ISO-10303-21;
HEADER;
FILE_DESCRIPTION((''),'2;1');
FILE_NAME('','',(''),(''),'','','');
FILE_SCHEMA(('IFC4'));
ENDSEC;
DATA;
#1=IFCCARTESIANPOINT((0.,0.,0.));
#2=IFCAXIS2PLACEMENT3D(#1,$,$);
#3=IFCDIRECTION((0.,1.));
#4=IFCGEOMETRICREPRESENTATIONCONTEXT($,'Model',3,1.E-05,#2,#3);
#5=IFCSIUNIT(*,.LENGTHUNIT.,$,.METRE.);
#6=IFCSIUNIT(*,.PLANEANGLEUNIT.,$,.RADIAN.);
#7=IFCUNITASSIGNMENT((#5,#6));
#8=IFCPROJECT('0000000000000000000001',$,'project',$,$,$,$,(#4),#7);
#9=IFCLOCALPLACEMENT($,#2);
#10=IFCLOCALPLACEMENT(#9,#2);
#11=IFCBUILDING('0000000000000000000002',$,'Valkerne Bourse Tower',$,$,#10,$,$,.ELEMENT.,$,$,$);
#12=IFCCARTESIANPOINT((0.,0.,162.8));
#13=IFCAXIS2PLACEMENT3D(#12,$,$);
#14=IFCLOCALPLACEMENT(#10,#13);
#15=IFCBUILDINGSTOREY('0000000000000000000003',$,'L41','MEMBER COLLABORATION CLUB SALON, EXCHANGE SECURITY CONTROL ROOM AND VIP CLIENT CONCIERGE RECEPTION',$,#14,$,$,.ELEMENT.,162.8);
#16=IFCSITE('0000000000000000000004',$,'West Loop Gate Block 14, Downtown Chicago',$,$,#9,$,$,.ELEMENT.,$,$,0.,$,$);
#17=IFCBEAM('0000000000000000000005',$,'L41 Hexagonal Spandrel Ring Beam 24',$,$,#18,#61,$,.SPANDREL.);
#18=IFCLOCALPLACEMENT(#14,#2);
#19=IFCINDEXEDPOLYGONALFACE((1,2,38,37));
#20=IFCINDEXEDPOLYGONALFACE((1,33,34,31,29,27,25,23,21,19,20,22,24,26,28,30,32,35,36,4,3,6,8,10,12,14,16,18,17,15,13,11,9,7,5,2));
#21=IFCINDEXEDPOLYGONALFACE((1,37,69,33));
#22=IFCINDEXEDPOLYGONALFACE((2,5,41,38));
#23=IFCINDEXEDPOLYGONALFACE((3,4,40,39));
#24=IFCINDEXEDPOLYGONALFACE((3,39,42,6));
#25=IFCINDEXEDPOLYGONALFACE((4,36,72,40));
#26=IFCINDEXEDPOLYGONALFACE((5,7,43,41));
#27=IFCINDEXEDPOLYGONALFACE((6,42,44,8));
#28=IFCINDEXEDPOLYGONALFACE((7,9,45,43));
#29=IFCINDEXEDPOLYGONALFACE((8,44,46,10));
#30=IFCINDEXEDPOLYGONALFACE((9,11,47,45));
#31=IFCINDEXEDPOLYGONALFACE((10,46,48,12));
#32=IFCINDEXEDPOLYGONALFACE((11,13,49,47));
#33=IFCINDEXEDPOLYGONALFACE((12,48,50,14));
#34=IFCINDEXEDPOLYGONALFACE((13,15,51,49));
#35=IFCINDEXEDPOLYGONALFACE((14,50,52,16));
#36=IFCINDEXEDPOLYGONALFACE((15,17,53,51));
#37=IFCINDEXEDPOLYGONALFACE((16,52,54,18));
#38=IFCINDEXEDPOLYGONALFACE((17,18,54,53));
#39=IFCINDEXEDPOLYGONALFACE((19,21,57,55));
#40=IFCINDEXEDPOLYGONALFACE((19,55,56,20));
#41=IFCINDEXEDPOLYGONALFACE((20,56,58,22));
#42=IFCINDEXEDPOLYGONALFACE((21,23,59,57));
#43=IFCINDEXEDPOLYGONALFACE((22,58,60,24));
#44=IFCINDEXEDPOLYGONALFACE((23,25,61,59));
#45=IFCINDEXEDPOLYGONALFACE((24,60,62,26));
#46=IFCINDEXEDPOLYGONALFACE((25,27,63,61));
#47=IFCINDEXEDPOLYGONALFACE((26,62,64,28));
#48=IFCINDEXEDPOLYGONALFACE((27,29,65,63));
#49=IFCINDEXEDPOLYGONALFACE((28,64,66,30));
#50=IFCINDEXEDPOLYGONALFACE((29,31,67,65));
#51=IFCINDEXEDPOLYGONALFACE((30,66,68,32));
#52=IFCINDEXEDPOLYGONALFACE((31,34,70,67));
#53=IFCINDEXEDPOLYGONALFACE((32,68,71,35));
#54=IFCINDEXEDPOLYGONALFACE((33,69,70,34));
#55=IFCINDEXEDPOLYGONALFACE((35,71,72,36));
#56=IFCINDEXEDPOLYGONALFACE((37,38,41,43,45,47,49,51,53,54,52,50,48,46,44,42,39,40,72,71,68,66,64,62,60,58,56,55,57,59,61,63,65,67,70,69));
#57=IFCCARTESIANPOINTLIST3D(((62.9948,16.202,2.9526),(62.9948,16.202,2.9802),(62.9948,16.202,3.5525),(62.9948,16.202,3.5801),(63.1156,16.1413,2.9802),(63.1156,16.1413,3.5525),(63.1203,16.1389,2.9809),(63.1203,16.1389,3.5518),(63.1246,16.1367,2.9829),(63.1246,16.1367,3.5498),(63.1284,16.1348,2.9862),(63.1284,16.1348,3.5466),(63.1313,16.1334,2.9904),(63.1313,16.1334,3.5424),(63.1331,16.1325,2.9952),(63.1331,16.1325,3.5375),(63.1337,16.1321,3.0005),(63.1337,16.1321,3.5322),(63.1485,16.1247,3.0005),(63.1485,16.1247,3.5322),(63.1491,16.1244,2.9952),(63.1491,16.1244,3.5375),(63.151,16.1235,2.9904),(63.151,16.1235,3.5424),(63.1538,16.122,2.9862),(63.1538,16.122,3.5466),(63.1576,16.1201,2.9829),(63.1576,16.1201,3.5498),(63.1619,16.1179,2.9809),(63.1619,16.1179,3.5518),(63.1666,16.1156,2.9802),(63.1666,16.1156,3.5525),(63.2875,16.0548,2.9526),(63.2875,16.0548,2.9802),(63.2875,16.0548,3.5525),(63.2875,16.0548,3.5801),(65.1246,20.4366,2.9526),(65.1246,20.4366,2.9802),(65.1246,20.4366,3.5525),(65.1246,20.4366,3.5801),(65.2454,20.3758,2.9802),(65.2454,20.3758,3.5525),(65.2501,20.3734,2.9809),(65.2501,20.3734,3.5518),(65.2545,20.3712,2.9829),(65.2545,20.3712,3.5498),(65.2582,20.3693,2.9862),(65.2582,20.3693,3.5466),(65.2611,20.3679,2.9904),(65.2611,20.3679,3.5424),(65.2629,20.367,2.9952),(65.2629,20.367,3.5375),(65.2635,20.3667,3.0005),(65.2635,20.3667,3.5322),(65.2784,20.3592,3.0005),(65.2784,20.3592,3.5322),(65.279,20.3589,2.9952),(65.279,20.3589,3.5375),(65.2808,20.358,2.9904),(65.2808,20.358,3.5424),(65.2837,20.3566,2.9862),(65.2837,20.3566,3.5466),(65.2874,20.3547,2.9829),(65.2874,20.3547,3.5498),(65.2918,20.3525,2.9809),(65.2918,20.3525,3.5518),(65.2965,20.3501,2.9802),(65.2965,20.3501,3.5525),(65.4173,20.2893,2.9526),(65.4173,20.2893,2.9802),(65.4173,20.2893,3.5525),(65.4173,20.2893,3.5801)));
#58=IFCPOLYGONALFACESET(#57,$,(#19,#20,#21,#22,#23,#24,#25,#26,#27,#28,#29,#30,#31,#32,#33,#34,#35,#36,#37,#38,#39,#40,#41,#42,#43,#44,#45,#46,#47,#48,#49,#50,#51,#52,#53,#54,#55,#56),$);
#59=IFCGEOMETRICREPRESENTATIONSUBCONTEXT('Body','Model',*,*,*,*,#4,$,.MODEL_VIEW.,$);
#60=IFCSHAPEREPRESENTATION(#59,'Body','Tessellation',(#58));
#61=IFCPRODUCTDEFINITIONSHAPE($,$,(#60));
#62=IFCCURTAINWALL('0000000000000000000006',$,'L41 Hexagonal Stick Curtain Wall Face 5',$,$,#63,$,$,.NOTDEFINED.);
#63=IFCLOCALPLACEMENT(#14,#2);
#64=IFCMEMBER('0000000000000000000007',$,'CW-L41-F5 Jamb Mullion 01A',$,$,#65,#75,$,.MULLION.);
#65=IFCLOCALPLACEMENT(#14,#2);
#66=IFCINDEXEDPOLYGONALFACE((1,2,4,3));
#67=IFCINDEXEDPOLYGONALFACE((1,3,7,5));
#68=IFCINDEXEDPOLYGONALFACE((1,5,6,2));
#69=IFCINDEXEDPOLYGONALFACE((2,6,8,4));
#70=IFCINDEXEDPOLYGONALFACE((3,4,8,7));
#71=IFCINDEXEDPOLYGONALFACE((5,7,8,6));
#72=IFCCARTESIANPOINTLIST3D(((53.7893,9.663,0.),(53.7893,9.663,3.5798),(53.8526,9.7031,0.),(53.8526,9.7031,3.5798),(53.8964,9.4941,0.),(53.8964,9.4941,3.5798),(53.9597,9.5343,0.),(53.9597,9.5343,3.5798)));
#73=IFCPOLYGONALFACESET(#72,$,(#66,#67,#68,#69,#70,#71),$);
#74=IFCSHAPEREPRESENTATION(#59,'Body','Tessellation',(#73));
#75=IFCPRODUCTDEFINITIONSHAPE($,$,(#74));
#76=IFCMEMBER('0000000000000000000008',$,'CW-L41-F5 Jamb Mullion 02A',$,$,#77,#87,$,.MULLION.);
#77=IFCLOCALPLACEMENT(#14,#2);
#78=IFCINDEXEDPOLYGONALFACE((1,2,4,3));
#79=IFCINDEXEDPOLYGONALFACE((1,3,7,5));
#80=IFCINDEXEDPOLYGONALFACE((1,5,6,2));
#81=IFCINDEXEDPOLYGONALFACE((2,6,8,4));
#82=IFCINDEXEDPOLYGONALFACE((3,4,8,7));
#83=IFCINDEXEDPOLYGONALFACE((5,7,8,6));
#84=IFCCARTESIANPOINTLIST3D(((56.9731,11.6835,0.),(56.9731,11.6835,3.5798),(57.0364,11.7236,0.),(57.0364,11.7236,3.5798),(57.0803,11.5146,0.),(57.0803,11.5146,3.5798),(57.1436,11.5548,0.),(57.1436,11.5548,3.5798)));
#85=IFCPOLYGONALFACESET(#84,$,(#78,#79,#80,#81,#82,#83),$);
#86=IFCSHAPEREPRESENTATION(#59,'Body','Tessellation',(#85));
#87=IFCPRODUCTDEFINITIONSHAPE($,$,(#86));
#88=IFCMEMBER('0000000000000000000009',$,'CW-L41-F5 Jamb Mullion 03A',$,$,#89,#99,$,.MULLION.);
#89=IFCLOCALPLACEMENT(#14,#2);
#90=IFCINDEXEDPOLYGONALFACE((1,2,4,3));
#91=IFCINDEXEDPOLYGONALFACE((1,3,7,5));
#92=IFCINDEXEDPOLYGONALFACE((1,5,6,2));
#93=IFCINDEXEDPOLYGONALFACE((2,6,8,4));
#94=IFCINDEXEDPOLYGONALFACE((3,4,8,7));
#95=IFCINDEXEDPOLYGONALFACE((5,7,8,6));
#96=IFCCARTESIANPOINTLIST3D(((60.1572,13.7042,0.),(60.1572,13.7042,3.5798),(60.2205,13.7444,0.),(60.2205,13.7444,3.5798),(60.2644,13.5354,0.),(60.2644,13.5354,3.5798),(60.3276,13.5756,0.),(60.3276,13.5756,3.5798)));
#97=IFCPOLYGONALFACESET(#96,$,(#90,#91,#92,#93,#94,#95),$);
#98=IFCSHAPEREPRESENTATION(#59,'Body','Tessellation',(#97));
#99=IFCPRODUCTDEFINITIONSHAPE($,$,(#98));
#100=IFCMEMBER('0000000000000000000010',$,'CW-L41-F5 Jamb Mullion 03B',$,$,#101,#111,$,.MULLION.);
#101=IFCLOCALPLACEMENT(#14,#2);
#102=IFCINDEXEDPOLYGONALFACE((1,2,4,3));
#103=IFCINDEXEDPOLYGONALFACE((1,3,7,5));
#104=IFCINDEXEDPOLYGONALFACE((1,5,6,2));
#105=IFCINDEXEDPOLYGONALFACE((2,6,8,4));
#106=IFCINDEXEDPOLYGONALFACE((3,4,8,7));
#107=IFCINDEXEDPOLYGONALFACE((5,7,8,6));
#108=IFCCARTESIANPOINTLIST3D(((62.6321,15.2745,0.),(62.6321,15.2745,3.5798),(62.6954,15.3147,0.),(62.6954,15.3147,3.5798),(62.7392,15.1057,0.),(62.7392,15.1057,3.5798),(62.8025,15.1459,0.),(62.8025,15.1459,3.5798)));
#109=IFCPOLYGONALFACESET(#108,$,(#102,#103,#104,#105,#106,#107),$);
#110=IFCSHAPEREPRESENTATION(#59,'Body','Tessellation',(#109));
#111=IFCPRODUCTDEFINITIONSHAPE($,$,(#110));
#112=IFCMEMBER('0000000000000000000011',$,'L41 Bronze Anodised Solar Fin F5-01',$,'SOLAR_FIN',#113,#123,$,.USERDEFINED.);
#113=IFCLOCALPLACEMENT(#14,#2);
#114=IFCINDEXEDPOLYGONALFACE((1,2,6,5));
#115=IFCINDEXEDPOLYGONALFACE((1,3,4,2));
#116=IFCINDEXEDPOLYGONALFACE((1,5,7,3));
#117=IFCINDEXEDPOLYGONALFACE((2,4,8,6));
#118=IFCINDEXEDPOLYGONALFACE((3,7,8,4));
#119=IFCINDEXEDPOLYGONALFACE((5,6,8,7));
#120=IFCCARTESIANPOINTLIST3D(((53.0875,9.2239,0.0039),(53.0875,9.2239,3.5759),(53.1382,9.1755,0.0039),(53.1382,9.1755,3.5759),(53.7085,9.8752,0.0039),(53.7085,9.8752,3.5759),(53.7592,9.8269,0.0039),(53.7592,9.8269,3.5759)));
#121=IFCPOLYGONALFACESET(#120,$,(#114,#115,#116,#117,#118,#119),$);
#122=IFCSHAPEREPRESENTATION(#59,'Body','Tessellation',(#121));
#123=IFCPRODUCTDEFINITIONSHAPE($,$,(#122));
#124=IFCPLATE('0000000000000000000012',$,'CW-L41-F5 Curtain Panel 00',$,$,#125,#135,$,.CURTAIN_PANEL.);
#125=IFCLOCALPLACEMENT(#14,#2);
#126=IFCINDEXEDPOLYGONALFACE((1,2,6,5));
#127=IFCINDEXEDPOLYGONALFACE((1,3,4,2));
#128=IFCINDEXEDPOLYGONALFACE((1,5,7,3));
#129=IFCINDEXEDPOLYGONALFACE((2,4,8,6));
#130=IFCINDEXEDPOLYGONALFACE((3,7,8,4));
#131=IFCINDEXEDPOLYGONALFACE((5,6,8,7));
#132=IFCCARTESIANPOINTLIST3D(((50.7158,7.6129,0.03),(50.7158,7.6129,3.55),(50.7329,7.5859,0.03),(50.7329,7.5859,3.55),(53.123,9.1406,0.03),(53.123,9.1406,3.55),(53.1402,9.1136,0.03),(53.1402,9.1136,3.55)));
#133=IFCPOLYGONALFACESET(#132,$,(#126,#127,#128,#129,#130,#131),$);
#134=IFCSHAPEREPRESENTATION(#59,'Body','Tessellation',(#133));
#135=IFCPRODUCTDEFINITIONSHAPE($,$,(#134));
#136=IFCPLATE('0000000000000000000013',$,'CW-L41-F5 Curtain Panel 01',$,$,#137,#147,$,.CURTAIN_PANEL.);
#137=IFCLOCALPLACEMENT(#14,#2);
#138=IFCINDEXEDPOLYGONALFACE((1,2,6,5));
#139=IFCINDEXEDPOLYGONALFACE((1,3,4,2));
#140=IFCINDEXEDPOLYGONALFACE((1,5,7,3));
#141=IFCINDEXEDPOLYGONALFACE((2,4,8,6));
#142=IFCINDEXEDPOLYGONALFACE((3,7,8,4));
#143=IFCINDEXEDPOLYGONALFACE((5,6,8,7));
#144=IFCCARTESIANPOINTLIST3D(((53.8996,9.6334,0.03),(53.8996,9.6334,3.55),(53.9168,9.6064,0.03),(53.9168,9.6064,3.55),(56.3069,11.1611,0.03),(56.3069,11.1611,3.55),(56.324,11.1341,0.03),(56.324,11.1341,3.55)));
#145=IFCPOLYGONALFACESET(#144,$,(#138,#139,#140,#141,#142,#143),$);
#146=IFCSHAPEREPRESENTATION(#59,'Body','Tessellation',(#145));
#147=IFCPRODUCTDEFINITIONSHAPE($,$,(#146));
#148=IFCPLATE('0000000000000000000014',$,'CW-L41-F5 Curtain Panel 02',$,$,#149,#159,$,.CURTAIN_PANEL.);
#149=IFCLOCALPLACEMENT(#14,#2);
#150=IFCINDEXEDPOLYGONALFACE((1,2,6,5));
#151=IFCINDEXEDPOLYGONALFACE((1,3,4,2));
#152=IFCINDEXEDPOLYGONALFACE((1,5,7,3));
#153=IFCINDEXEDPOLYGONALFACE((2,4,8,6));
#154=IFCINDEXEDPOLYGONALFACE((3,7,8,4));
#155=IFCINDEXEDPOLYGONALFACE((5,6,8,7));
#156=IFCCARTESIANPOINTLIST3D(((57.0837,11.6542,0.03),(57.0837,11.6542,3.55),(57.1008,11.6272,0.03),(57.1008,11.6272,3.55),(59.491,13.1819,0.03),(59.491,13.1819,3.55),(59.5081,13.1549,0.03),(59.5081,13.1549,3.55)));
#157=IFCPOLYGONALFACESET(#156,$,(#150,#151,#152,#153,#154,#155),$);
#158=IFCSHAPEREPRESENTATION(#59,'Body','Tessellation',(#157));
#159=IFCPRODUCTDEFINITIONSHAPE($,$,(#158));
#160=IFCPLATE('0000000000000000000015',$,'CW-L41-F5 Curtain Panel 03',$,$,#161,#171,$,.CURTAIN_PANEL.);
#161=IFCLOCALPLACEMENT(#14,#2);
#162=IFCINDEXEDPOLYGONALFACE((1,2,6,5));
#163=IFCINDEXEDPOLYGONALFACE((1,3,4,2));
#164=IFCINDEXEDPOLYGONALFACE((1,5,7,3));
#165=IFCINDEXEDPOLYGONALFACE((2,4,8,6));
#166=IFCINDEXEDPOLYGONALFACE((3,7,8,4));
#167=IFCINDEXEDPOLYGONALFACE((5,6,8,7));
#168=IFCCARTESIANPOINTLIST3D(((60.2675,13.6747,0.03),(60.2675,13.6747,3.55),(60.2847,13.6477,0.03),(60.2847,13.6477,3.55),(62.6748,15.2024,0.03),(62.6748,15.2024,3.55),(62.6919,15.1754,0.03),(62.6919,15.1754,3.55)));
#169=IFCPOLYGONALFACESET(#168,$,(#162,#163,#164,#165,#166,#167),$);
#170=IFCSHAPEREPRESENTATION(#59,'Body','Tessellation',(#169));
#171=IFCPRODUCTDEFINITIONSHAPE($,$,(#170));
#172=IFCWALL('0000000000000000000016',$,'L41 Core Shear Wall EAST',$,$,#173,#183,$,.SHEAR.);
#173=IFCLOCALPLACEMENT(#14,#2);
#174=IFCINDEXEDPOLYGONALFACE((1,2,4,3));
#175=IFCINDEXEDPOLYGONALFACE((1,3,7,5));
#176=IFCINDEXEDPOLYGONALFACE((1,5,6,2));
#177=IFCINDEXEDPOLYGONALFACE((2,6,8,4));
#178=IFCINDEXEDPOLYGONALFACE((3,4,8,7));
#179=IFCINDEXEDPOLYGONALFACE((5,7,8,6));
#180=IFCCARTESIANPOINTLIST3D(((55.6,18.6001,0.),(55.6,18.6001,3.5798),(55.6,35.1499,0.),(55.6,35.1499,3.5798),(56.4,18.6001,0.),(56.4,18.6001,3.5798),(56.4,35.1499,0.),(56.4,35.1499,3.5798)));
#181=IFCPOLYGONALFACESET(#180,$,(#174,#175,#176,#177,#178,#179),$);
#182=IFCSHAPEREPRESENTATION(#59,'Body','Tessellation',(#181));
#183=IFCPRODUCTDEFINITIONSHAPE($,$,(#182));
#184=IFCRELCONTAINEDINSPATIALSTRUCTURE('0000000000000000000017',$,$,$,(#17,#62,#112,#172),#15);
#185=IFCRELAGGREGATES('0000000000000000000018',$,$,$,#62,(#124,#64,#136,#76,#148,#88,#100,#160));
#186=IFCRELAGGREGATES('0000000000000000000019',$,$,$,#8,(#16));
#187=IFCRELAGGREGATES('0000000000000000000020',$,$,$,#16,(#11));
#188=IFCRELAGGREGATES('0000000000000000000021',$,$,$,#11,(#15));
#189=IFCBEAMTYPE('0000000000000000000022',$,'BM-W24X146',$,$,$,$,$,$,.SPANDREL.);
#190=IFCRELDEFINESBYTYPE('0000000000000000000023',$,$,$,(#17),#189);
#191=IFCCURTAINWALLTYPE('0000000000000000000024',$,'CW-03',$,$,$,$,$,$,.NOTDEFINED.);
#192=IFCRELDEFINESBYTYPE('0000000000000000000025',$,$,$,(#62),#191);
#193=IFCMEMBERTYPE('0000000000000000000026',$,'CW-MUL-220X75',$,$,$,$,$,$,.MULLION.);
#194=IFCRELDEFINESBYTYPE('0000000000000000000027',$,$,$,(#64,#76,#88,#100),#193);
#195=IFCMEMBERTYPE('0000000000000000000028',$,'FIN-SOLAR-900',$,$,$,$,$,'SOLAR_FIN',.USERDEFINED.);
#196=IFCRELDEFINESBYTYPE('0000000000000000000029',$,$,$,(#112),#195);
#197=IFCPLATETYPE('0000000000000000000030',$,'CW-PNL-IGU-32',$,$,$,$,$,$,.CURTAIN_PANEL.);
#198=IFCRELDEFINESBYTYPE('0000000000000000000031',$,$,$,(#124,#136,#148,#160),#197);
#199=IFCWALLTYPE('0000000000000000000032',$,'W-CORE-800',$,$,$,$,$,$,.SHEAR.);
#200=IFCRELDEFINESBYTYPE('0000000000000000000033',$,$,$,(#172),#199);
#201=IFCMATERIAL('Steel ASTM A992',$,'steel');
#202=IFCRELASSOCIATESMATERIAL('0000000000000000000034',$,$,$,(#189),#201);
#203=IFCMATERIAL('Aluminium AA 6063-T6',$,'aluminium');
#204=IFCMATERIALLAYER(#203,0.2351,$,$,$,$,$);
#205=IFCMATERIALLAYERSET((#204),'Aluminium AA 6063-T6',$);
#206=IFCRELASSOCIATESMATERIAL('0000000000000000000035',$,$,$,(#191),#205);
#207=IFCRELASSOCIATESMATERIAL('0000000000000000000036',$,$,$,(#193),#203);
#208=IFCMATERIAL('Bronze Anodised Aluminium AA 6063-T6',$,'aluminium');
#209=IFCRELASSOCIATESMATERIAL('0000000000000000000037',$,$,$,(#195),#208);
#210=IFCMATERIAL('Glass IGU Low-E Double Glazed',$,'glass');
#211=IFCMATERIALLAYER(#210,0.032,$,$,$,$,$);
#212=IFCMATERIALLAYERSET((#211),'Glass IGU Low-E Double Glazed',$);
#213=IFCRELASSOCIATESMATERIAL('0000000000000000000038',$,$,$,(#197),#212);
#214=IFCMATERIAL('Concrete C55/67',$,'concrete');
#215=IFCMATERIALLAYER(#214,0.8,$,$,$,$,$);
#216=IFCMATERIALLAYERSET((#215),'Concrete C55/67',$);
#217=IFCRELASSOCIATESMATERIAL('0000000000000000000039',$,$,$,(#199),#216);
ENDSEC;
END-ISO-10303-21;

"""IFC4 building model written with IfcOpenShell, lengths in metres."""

from ifc_helpers import new_model, si_unit, direction, frame, frame_2d, origin, origin_2d, place, context, subcontext, project, spatial, rectangle, i_section, extrude, material, layer, layer_set, material_profile, profile_set, type_object, element, aggregate, save


model = new_model("IFC4")

# Units and contexts
model_context = context("Model", 3, precision=1e-05, world=origin(), true_north=direction((0.0, 1.0)))
body_context = subcontext(model_context, "Body", "Model", "MODEL_VIEW")
ifc_project = project(units=[si_unit("LENGTHUNIT", "METRE"), si_unit("PLANEANGLEUNIT", "RADIAN")], contexts=[model_context])

# Site, building, storey
site_placement = place(None, origin())
site = spatial("IfcSite", under=ifc_project, at=site_placement, Name="West Loop Gate Block 14, Downtown Chicago", CompositionType="ELEMENT", RefElevation=0.0)
building_placement = place(site_placement, origin())
building = spatial("IfcBuilding", under=site, at=building_placement, Name="Valkerne Bourse Tower", CompositionType="ELEMENT")
storey_placement = place(building_placement, frame((0.0, 0.0, 162.8)))
storey = spatial("IfcBuildingStorey", under=building, at=storey_placement, Name="L41", Description="MEMBER COLLABORATION CLUB SALON, EXCHANGE SECURITY CONTROL ROOM AND VIP CLIENT CONCIERGE RECEPTION", CompositionType="ELEMENT", Elevation=162.8)

# Beam
ifc_material_1 = material(Name="Steel ASTM A992", Category="steel")
ifc_material_profile_1 = material_profile(ifc_material_1, i_section(OverallWidth=0.3276, OverallDepth=0.6274, WebThickness=0.0166, FlangeThickness=0.0276, FilletRadius=0.0203, at=origin_2d()), Name="W24X146")
ifc_profile_set_1 = profile_set([ifc_material_profile_1], Name="Steel ASTM A992")
beam_type = type_object("IfcBeamType", Name="BM-W24X146", PredefinedType="SPANDREL", material=ifc_profile_set_1)
beam_1_placement = place(storey_placement, frame((63.1411, 16.1284, 3.2664), z_axis=(0.449334, 0.893364, 0.0), x_axis=(-0.893364, 0.449334, 0.0)))
element("IfcBeam", 1, at=beam_1_placement, inside=storey, type_object=beam_type, Name="L41 Hexagonal Spandrel Ring Beam 24", PredefinedType="SPANDREL", context=body_context, shape_type="SweptSolid", body=[
    extrude(i_section(OverallWidth=0.3276, OverallDepth=0.6274, WebThickness=0.0166, FlangeThickness=0.0276, FilletRadius=0.0203, at=origin_2d()), origin(), (0.0, 0.0, 1.0), 4.74),
])

# Curtain wall, members
ifc_material_2 = material(Name="Aluminium AA 6063-T6", Category="aluminium")
ifc_layer_1 = layer(ifc_material_2, 0.2351)
ifc_layer_set_1 = layer_set([ifc_layer_1], Name="Aluminium AA 6063-T6")
curtain_wall_type = type_object("IfcCurtainWallType", Name="CW-03", PredefinedType="NOTDEFINED", material=ifc_layer_set_1)
curtain_wall_placement = place(storey_placement, origin())
curtain_wall = element("IfcCurtainWall", 2, at=curtain_wall_placement, inside=storey, type_object=curtain_wall_type, Name="L41 Hexagonal Stick Curtain Wall Face 5", PredefinedType="NOTDEFINED")
ifc_material_profile_2 = material_profile(ifc_material_2, rectangle(XDim=0.075, YDim=0.2, at=origin_2d()), Name="CWM-75X200")
ifc_profile_set_2 = profile_set([ifc_material_profile_2], Name="Aluminium AA 6063-T6")
member_type_1 = type_object("IfcMemberType", Name="CW-MUL-220X75", PredefinedType="MULLION", material=ifc_profile_set_2)
member_1_placement = place(storey_placement, frame((53.8745, 9.5986, 0.0), z_axis=(0.0, 0.0, 1.0), x_axis=(0.844324, 0.535834, 0.0)))
member_1 = element("IfcMember", 3, at=member_1_placement, type_object=member_type_1, Name="CW-L41-F5 Jamb Mullion 01A", PredefinedType="MULLION", context=body_context, shape_type="SweptSolid", body=[
    extrude(rectangle(XDim=0.075, YDim=0.2, at=origin_2d()), origin(), (0.0, 0.0, 1.0), 3.5798),
])
member_2_placement = place(storey_placement, frame((57.0583, 11.6191, 0.0), z_axis=(0.0, 0.0, 1.0), x_axis=(0.844331, 0.535822, 0.0)))
member_2 = element("IfcMember", 4, at=member_2_placement, type_object=member_type_1, Name="CW-L41-F5 Jamb Mullion 02A", PredefinedType="MULLION", context=body_context, shape_type="SweptSolid", body=[
    extrude(rectangle(XDim=0.075, YDim=0.2, at=origin_2d()), origin(), (0.0, 0.0, 1.0), 3.5798),
])
member_3_placement = place(storey_placement, frame((60.2424, 13.6399, 0.0), z_axis=(0.0, 0.0, 1.0), x_axis=(0.844331, 0.535822, 0.0)))
member_3 = element("IfcMember", 5, at=member_3_placement, type_object=member_type_1, Name="CW-L41-F5 Jamb Mullion 03A", PredefinedType="MULLION", context=body_context, shape_type="SweptSolid", body=[
    extrude(rectangle(XDim=0.075, YDim=0.2, at=origin_2d()), origin(), (0.0, 0.0, 1.0), 3.5798),
])
member_4_placement = place(storey_placement, frame((62.7173, 15.2102, 0.0), z_axis=(0.0, 0.0, 1.0), x_axis=(0.844331, 0.535822, 0.0)))
member_4 = element("IfcMember", 6, at=member_4_placement, type_object=member_type_1, Name="CW-L41-F5 Jamb Mullion 03B", PredefinedType="MULLION", context=body_context, shape_type="SweptSolid", body=[
    extrude(rectangle(XDim=0.075, YDim=0.2, at=origin_2d()), origin(), (0.0, 0.0, 1.0), 3.5798),
])

# Member
ifc_material_3 = material(Name="Bronze Anodised Aluminium AA 6063-T6", Category="aluminium")
ifc_material_profile_3 = material_profile(ifc_material_3, rectangle(XDim=0.0701, YDim=0.8999, at=origin_2d()), Name="FIN-70X900")
ifc_profile_set_3 = profile_set([ifc_material_profile_3], Name="Bronze Anodised Aluminium AA 6063-T6")
member_type_2 = type_object("IfcMemberType", Name="FIN-SOLAR-900", ElementType="SOLAR_FIN", PredefinedType="USERDEFINED", material=ifc_profile_set_3)
member_5_placement = place(storey_placement, frame((53.4233, 9.5254, 0.0039), z_axis=(0.0, 0.0, 1.0), x_axis=(0.723787, -0.690024, 0.0)))
element("IfcMember", 7, at=member_5_placement, inside=storey, type_object=member_type_2, Name="L41 Bronze Anodised Solar Fin F5-01", ObjectType="SOLAR_FIN", PredefinedType="USERDEFINED", context=body_context, shape_type="SweptSolid", body=[
    extrude(rectangle(XDim=0.0701, YDim=0.8999, at=origin_2d()), origin(), (0.0, 0.0, 1.0), 3.572),
])

# Plates
ifc_material_4 = material(Name="Glass IGU Low-E Double Glazed", Category="glass")
ifc_layer_2 = layer(ifc_material_4, 0.032)
ifc_layer_set_2 = layer_set([ifc_layer_2], Name="Glass IGU Low-E Double Glazed")
plate_type = type_object("IfcPlateType", Name="CW-PNL-IGU-32", PredefinedType="CURTAIN_PANEL", material=ifc_layer_set_2)
plate_1_placement = place(storey_placement, frame((51.928, 8.3633, 0.03), z_axis=(0.0, 0.0, 1.0), x_axis=(0.844331, 0.535822, 0.0)))
plate_1 = element("IfcPlate", 8, at=plate_1_placement, type_object=plate_type, Name="CW-L41-F5 Curtain Panel 00", PredefinedType="CURTAIN_PANEL", context=body_context, shape_type="SweptSolid", body=[
    extrude(rectangle(XDim=2.8511, YDim=0.032, at=origin_2d()), origin(), (0.0, 0.0, 1.0), 3.52),
])
plate_2_placement = place(storey_placement, frame((55.1118, 10.3838, 0.03), z_axis=(0.0, 0.0, 1.0), x_axis=(0.844324, 0.535834, 0.0)))
plate_2 = element("IfcPlate", 9, at=plate_2_placement, type_object=plate_type, Name="CW-L41-F5 Curtain Panel 01", PredefinedType="CURTAIN_PANEL", context=body_context, shape_type="SweptSolid", body=[
    extrude(rectangle(XDim=2.8511, YDim=0.032, at=origin_2d()), origin(), (0.0, 0.0, 1.0), 3.52),
])
plate_3_placement = place(storey_placement, frame((58.2959, 12.4045, 0.03), z_axis=(0.0, 0.0, 1.0), x_axis=(0.844331, 0.535822, 0.0)))
plate_3 = element("IfcPlate", 10, at=plate_3_placement, type_object=plate_type, Name="CW-L41-F5 Curtain Panel 02", PredefinedType="CURTAIN_PANEL", context=body_context, shape_type="SweptSolid", body=[
    extrude(rectangle(XDim=2.8511, YDim=0.032, at=origin_2d()), origin(), (0.0, 0.0, 1.0), 3.52),
])
plate_4_placement = place(storey_placement, frame((61.4797, 14.425, 0.03), z_axis=(0.0, 0.0, 1.0), x_axis=(0.844331, 0.535822, 0.0)))
plate_4 = element("IfcPlate", 11, at=plate_4_placement, type_object=plate_type, Name="CW-L41-F5 Curtain Panel 03", PredefinedType="CURTAIN_PANEL", context=body_context, shape_type="SweptSolid", body=[
    extrude(rectangle(XDim=2.8511, YDim=0.032, at=origin_2d()), origin(), (0.0, 0.0, 1.0), 3.52),
])
aggregate(curtain_wall, [plate_1, member_1, plate_2, member_2, plate_3, member_3, member_4, plate_4])

# Wall
ifc_material_5 = material(Name="Concrete C55/67", Category="concrete")
ifc_layer_3 = layer(ifc_material_5, 0.8)
ifc_layer_set_3 = layer_set([ifc_layer_3], Name="Concrete C55/67")
wall_type_1 = type_object("IfcWallType", Name="W-CORE-800", PredefinedType="SHEAR", material=ifc_layer_set_3)
wall_1_placement = place(storey_placement, frame((56.0, 18.6001, 0.0), z_axis=(0.0, 0.0, 1.0), x_axis=(0.0, 1.0, 0.0)))
element("IfcWall", 12, at=wall_1_placement, inside=storey, type_object=wall_type_1, Name="L41 Core Shear Wall EAST", PredefinedType="SHEAR", context=body_context, shape_type="SweptSolid", body=[
    extrude(rectangle(XDim=16.5498, YDim=0.8, at=frame_2d((8.2749, 0.0))), origin(), (0.0, 0.0, 1.0), 3.5798),
])

save(model, "model.ifc")
